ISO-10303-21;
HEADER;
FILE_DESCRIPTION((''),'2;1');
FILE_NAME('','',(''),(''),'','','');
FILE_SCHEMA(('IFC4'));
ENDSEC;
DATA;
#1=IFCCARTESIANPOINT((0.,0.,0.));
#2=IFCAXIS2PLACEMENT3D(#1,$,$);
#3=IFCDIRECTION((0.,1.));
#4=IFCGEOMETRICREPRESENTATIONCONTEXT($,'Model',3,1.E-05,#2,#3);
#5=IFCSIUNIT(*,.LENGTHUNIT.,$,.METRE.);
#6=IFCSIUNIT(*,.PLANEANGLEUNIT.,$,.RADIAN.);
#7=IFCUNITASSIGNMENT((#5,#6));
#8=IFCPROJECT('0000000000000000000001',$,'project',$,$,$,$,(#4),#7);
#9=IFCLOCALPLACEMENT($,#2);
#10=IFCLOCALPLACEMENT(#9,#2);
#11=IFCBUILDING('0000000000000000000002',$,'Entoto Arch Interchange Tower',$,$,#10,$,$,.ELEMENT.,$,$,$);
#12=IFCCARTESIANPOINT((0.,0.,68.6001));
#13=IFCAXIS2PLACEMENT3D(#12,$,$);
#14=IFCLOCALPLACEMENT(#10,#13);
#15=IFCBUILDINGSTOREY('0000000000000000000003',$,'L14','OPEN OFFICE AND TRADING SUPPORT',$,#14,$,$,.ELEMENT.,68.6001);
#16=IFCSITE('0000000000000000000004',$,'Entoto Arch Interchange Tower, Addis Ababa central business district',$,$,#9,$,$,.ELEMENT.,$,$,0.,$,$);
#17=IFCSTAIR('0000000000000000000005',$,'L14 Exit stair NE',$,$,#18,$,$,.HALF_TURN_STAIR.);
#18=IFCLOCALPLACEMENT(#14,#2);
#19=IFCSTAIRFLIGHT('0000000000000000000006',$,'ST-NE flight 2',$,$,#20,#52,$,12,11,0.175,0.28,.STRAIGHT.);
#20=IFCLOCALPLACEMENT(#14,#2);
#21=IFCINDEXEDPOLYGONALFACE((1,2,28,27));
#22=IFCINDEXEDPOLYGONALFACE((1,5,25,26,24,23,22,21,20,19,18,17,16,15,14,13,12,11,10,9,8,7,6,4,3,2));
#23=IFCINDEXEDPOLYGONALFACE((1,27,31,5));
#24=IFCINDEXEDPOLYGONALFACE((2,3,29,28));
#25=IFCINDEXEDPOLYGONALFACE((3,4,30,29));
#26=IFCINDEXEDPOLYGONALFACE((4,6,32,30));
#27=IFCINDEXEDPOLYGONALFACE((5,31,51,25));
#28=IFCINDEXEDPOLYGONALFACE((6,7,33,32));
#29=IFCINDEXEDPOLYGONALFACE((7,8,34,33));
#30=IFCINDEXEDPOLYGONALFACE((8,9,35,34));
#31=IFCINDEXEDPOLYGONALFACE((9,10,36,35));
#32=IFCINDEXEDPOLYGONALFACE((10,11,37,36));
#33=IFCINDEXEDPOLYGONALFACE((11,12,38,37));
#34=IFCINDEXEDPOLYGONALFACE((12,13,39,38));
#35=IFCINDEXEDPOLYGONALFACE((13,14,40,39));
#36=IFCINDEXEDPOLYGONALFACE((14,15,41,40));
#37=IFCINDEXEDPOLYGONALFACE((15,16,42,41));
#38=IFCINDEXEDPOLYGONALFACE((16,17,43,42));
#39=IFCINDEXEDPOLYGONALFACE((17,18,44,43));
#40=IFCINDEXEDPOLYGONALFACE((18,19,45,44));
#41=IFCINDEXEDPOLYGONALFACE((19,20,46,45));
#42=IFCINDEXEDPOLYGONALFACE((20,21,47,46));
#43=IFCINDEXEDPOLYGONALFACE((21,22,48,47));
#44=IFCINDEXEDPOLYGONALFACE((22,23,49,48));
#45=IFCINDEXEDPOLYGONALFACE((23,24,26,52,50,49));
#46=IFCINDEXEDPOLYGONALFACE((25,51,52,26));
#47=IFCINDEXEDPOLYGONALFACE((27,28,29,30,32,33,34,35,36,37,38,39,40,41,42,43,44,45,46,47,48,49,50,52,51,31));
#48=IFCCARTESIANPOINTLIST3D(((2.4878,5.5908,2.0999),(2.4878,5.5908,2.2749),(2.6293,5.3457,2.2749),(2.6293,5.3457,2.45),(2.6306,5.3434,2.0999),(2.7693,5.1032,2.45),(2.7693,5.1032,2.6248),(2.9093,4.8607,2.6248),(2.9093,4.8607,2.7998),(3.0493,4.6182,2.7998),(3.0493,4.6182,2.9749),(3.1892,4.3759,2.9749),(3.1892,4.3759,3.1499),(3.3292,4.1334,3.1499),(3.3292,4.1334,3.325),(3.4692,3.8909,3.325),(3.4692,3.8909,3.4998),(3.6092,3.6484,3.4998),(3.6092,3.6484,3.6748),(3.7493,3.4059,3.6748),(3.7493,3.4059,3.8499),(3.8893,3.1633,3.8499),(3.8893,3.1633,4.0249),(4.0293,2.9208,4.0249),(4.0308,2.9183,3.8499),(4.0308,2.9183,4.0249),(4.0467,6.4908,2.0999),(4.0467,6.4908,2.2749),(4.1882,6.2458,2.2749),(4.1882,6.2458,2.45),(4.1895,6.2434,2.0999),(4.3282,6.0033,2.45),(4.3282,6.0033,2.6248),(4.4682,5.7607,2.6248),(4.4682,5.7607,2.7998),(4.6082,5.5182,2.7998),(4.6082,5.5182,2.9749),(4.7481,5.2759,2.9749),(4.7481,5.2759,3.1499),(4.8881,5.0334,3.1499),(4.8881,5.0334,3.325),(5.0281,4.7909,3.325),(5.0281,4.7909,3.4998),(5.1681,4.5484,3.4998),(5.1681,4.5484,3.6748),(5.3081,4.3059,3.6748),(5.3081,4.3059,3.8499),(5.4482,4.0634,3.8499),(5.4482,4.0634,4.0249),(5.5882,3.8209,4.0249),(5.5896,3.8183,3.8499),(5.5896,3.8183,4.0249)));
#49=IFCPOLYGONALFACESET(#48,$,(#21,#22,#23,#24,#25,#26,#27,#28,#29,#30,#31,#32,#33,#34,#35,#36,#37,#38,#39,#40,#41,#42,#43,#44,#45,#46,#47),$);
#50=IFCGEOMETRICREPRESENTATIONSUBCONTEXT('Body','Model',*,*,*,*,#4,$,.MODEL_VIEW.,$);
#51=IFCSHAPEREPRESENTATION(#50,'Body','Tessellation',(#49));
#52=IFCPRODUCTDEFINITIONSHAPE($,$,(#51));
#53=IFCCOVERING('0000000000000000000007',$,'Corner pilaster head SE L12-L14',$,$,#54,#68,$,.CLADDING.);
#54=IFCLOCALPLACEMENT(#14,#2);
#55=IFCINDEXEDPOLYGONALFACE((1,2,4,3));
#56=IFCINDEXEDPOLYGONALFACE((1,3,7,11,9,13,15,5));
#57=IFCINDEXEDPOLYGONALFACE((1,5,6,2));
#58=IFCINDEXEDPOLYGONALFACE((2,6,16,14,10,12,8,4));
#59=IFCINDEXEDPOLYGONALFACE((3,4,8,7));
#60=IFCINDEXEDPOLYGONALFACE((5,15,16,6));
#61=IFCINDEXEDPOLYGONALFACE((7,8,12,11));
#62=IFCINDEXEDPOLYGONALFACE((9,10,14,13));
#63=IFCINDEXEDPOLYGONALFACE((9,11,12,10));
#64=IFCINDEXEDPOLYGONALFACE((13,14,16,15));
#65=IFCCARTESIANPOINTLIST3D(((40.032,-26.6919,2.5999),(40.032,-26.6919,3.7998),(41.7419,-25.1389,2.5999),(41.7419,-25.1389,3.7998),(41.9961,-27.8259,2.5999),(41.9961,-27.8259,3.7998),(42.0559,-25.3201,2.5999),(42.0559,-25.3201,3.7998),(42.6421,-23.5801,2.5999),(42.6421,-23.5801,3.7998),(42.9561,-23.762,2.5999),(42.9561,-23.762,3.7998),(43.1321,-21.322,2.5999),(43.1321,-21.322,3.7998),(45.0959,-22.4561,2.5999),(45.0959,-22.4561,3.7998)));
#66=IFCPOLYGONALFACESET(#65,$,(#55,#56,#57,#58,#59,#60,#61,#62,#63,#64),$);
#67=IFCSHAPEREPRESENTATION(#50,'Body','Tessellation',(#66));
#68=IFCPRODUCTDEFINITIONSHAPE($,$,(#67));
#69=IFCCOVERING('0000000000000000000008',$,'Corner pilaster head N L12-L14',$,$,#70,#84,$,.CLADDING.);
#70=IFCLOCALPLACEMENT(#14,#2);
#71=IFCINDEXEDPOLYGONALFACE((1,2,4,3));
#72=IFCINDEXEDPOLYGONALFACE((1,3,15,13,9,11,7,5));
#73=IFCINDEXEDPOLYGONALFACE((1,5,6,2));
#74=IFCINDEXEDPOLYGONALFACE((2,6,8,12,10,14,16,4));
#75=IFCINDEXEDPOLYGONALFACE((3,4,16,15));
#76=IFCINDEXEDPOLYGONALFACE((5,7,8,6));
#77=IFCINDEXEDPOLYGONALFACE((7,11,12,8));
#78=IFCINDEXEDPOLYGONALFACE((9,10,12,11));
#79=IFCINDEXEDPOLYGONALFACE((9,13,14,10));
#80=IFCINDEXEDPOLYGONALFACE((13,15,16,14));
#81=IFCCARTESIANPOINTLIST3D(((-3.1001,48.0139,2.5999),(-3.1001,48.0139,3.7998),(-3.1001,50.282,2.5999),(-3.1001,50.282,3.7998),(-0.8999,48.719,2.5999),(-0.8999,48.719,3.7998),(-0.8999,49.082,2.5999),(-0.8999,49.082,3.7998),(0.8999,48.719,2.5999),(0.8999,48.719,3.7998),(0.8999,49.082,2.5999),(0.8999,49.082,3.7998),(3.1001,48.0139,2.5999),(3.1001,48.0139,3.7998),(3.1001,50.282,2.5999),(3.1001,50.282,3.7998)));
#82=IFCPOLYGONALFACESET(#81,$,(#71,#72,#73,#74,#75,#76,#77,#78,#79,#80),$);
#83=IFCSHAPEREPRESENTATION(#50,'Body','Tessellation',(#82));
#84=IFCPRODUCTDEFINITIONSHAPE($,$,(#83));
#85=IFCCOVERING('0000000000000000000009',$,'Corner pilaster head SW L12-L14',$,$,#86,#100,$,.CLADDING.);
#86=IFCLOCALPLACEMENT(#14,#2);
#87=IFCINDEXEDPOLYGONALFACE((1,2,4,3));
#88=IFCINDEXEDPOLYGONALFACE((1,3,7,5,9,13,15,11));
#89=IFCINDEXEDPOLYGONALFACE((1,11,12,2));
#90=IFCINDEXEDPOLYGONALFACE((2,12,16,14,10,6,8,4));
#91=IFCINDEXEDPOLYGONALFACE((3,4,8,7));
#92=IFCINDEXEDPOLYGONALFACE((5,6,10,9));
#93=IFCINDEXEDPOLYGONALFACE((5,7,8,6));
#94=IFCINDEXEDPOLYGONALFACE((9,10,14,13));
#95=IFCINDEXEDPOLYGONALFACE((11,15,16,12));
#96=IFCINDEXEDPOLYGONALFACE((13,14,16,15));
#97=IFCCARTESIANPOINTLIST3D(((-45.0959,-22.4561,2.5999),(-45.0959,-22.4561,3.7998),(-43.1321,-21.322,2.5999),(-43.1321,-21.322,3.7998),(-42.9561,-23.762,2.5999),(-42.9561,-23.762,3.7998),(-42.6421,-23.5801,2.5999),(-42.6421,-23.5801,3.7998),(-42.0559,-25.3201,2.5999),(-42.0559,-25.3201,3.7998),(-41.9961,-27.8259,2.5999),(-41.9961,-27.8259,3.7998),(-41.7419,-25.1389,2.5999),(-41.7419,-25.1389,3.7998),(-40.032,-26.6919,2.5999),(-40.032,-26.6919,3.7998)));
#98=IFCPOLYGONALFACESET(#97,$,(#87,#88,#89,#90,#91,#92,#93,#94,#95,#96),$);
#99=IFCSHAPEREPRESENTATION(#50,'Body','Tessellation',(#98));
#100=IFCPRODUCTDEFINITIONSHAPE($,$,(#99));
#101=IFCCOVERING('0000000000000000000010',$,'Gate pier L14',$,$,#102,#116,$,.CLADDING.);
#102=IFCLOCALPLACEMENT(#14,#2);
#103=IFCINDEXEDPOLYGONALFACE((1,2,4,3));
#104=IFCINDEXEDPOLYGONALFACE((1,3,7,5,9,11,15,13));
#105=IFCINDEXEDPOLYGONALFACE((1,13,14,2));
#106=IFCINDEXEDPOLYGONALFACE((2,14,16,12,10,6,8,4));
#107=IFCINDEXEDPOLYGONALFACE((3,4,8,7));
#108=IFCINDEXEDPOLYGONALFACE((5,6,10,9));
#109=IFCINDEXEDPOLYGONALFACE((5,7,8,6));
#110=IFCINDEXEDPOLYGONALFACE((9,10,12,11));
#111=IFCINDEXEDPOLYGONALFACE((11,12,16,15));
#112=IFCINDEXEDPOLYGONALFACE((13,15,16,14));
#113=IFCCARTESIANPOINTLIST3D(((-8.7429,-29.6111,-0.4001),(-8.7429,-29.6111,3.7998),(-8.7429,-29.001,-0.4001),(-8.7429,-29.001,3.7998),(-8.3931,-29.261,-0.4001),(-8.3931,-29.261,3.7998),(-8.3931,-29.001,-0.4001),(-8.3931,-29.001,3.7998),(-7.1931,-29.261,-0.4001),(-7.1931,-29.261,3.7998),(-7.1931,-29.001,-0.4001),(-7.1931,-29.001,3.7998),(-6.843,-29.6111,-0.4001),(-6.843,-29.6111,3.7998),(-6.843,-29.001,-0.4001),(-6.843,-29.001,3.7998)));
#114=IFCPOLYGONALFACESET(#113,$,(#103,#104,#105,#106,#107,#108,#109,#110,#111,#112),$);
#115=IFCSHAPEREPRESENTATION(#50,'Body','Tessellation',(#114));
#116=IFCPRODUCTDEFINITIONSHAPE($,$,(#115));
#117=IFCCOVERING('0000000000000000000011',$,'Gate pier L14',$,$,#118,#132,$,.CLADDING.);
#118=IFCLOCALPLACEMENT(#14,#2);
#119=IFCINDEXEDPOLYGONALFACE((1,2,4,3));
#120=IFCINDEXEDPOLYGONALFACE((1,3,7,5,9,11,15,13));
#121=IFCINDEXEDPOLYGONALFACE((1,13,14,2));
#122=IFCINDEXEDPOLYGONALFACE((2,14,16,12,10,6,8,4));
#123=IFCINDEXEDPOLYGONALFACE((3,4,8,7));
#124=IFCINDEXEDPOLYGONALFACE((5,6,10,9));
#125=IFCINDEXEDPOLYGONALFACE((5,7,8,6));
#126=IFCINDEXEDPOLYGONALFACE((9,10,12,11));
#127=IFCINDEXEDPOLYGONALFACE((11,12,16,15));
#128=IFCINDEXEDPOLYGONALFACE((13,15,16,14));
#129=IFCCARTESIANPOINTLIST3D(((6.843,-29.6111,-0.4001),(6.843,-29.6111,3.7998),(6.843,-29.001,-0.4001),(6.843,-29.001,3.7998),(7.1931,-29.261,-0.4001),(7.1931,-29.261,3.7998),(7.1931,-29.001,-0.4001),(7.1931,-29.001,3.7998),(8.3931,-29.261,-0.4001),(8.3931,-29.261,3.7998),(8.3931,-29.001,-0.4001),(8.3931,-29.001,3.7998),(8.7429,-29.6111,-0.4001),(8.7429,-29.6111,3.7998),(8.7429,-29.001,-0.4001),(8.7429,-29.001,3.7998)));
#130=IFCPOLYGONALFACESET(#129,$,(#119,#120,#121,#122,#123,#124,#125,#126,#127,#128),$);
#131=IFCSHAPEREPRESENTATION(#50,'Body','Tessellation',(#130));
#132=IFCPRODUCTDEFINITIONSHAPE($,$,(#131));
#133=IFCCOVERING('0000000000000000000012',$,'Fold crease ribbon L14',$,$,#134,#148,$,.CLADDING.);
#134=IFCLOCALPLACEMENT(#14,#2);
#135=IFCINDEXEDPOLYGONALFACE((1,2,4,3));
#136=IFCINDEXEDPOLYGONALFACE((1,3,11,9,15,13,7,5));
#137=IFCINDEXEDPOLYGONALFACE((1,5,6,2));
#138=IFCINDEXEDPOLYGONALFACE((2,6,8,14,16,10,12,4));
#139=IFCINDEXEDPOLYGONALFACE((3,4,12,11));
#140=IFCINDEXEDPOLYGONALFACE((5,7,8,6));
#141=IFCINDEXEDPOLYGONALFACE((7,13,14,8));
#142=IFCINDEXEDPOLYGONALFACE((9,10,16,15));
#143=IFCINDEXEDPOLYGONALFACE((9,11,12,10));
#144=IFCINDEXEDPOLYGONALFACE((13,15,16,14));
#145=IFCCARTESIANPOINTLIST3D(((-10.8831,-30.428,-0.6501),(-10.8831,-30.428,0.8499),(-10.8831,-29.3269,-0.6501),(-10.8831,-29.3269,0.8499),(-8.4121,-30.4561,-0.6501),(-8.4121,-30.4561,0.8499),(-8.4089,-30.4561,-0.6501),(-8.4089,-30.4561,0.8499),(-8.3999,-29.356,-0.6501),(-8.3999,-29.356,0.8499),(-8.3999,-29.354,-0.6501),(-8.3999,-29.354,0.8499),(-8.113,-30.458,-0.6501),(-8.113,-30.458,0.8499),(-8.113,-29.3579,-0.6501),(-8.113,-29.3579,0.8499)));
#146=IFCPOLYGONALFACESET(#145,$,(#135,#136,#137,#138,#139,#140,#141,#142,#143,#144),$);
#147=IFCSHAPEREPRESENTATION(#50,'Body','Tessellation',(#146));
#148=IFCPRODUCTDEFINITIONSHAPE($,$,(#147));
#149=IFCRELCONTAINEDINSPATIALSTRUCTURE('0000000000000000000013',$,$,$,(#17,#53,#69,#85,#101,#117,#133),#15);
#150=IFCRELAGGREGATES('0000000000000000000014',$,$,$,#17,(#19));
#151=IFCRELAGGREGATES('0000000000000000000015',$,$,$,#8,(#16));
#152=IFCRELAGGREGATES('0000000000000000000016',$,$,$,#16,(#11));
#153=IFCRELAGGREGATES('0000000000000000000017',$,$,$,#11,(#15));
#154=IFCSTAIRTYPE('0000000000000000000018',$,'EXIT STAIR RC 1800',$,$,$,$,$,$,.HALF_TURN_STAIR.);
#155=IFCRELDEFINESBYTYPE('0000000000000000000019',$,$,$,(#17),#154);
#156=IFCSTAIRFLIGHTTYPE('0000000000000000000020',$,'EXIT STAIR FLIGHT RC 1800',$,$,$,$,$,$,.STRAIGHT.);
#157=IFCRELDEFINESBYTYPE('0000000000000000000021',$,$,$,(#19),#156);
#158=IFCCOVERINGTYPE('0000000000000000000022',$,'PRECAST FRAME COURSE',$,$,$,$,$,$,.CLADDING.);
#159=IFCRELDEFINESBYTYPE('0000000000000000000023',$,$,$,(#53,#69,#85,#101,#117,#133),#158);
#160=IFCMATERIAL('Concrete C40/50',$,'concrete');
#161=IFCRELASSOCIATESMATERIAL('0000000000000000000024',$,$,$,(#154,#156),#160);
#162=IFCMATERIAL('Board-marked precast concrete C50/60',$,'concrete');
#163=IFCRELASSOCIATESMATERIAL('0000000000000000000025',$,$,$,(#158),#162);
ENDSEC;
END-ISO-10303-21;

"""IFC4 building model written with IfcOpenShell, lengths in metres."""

from ifc_helpers import new_model, si_unit, direction, frame, origin, place, context, subcontext, project, spatial, polyline, outline, extrude, material, type_object, element, aggregate, save


model = new_model("IFC4")

# Units and contexts
model_context = context("Model", 3, precision=1e-05, world=origin(), true_north=direction((0.0, 1.0)))
body_context = subcontext(model_context, "Body", "Model", "MODEL_VIEW")
ifc_project = project(units=[si_unit("LENGTHUNIT", "METRE"), si_unit("PLANEANGLEUNIT", "RADIAN")], contexts=[model_context])

# Site, building, storey
site_placement = place(None, origin())
site = spatial("IfcSite", under=ifc_project, at=site_placement, Name="Entoto Arch Interchange Tower, Addis Ababa central business district", CompositionType="ELEMENT", RefElevation=0.0)
building_placement = place(site_placement, origin())
building = spatial("IfcBuilding", under=site, at=building_placement, Name="Entoto Arch Interchange Tower", CompositionType="ELEMENT")
storey_placement = place(building_placement, frame((0.0, 0.0, 68.6001)))
storey = spatial("IfcBuildingStorey", under=building, at=storey_placement, Name="L14", Description="OPEN OFFICE AND TRADING SUPPORT", CompositionType="ELEMENT", Elevation=68.6001)

# Shared definitions
ifc_material_1 = material(Name="Concrete C40/50", Category="concrete")

# Stair
stair_type = type_object("IfcStairType", Name="EXIT STAIR RC 1800", PredefinedType="HALF_TURN_STAIR", material=ifc_material_1)
stair_1_placement = place(storey_placement, origin())
stair_1 = element("IfcStair", 1, at=stair_1_placement, inside=storey, type_object=stair_type, Name="L14 Exit stair NE", PredefinedType="HALF_TURN_STAIR")

# Stair flight
stair_flight_type = type_object("IfcStairFlightType", Name="EXIT STAIR FLIGHT RC 1800", PredefinedType="STRAIGHT", material=ifc_material_1)
stair_flight_placement = place(storey_placement, frame((3.2688, 6.0383, 2.0999), z_axis=(0.0, 0.0, 1.0), x_axis=(0.5, -0.866025, 0.0)))
stair_flight = element("IfcStairFlight", 2, at=stair_flight_placement, type_object=stair_flight_type, Name="ST-NE flight 2", NumberOfRisers=12, NumberOfTreads=11, PredefinedType="STRAIGHT", RiserHeight=0.175, TreadLength=0.28, context=body_context, shape_type="SweptSolid", body=[
    extrude(outline(polyline([(-0.0029, 0.0), (-0.0029, 0.175), (0.28, 0.175), (0.28, 0.3501), (0.5601, 0.3501), (0.5601, 0.5249), (0.8401, 0.5249), (0.8401, 0.7), (1.1201, 0.7), (1.1201, 0.875), (1.3999, 0.875), (1.3999, 1.05), (1.6799, 1.05), (1.6799, 1.2251), (1.96, 1.2251), (1.96, 1.3999), (2.24, 1.3999), (2.24, 1.575), (2.52, 1.575), (2.52, 1.75), (2.8, 1.75), (2.8, 1.925), (3.0801, 1.925), (3.083, 1.925), (3.083, 1.75), (0.2827, 0.0), (-0.0029, 0.0)])), frame((0.0, 0.8999, 0.0), z_axis=(0.0, -1.0, 0.0), x_axis=(1.0, 0.0, 0.0)), (0.0, 0.0, 1.0), 1.8),
])
aggregate(stair_1, [stair_flight])

# Coverings
ifc_material_2 = material(Name="Board-marked precast concrete C50/60", Category="concrete")
covering_type = type_object("IfcCoveringType", Name="PRECAST FRAME COURSE", PredefinedType="CLADDING", material=ifc_material_2)
covering_1_placement = place(storey_placement, frame((0.0, 0.0, 2.5999)))
element("IfcCovering", 3, at=covering_1_placement, inside=storey, type_object=covering_type, Name="Corner pilaster head SE L12-L14", PredefinedType="CLADDING", context=body_context, shape_type="SweptSolid", body=[
    extrude(outline(polyline([(45.0959, -22.4561), (41.9961, -27.8259), (40.032, -26.6919), (41.7419, -25.1389), (42.0559, -25.3201), (42.9561, -23.762), (42.6421, -23.5801), (43.1321, -21.322), (45.0959, -22.4561)])), origin(), (0.0, 0.0, 1.0), 1.2),
])
covering_2_placement = place(storey_placement, frame((0.0, 0.0, 2.5999)))
element("IfcCovering", 4, at=covering_2_placement, inside=storey, type_object=covering_type, Name="Corner pilaster head N L12-L14", PredefinedType="CLADDING", context=body_context, shape_type="SweptSolid", body=[
    extrude(outline(polyline([(-3.1001, 50.282), (3.1001, 50.282), (3.1001, 48.0139), (0.8999, 48.719), (0.8999, 49.082), (-0.8999, 49.082), (-0.8999, 48.719), (-3.1001, 48.0139), (-3.1001, 50.282)])), origin(), (0.0, 0.0, 1.0), 1.2),
])
covering_3_placement = place(storey_placement, frame((0.0, 0.0, 2.5999)))
element("IfcCovering", 5, at=covering_3_placement, inside=storey, type_object=covering_type, Name="Corner pilaster head SW L12-L14", PredefinedType="CLADDING", context=body_context, shape_type="SweptSolid", body=[
    extrude(outline(polyline([(-41.9961, -27.8259), (-45.0959, -22.4561), (-43.1321, -21.322), (-42.6421, -23.5801), (-42.9561, -23.762), (-42.0559, -25.3201), (-41.7419, -25.1389), (-40.032, -26.6919), (-41.9961, -27.8259)])), origin(), (0.0, 0.0, 1.0), 1.2),
])
covering_4_placement = place(storey_placement, frame((0.0, 0.0, -0.4001)))
element("IfcCovering", 6, at=covering_4_placement, inside=storey, type_object=covering_type, Name="Gate pier L14", PredefinedType="CLADDING", context=body_context, shape_type="SweptSolid", body=[
    extrude(outline(polyline([(-8.7429, -29.001), (-8.3931, -29.001), (-8.3931, -29.261), (-7.1931, -29.261), (-7.1931, -29.001), (-6.843, -29.001), (-6.843, -29.6111), (-8.7429, -29.6111), (-8.7429, -29.001)])), origin(), (0.0, 0.0, 1.0), 4.2),
])
covering_5_placement = place(storey_placement, frame((0.0, 0.0, -0.4001)))
element("IfcCovering", 7, at=covering_5_placement, inside=storey, type_object=covering_type, Name="Gate pier L14", PredefinedType="CLADDING", context=body_context, shape_type="SweptSolid", body=[
    extrude(outline(polyline([(6.843, -29.001), (7.1931, -29.001), (7.1931, -29.261), (8.3931, -29.261), (8.3931, -29.001), (8.7429, -29.001), (8.7429, -29.6111), (6.843, -29.6111), (6.843, -29.001)])), origin(), (0.0, 0.0, 1.0), 4.2),
])
covering_6_placement = place(storey_placement, frame((0.0, 0.0, -0.6501)))
element("IfcCovering", 8, at=covering_6_placement, inside=storey, type_object=covering_type, Name="Fold crease ribbon L14", PredefinedType="CLADDING", context=body_context, shape_type="SweptSolid", body=[
    extrude(outline(polyline([(-8.4089, -30.4561), (-8.4121, -30.4561), (-10.8831, -30.428), (-10.8831, -29.3269), (-8.3999, -29.354), (-8.3999, -29.356), (-8.113, -29.3579), (-8.113, -30.458), (-8.4089, -30.4561)])), origin(), (0.0, 0.0, 1.0), 1.5),
])

save(model, "model.ifc")
